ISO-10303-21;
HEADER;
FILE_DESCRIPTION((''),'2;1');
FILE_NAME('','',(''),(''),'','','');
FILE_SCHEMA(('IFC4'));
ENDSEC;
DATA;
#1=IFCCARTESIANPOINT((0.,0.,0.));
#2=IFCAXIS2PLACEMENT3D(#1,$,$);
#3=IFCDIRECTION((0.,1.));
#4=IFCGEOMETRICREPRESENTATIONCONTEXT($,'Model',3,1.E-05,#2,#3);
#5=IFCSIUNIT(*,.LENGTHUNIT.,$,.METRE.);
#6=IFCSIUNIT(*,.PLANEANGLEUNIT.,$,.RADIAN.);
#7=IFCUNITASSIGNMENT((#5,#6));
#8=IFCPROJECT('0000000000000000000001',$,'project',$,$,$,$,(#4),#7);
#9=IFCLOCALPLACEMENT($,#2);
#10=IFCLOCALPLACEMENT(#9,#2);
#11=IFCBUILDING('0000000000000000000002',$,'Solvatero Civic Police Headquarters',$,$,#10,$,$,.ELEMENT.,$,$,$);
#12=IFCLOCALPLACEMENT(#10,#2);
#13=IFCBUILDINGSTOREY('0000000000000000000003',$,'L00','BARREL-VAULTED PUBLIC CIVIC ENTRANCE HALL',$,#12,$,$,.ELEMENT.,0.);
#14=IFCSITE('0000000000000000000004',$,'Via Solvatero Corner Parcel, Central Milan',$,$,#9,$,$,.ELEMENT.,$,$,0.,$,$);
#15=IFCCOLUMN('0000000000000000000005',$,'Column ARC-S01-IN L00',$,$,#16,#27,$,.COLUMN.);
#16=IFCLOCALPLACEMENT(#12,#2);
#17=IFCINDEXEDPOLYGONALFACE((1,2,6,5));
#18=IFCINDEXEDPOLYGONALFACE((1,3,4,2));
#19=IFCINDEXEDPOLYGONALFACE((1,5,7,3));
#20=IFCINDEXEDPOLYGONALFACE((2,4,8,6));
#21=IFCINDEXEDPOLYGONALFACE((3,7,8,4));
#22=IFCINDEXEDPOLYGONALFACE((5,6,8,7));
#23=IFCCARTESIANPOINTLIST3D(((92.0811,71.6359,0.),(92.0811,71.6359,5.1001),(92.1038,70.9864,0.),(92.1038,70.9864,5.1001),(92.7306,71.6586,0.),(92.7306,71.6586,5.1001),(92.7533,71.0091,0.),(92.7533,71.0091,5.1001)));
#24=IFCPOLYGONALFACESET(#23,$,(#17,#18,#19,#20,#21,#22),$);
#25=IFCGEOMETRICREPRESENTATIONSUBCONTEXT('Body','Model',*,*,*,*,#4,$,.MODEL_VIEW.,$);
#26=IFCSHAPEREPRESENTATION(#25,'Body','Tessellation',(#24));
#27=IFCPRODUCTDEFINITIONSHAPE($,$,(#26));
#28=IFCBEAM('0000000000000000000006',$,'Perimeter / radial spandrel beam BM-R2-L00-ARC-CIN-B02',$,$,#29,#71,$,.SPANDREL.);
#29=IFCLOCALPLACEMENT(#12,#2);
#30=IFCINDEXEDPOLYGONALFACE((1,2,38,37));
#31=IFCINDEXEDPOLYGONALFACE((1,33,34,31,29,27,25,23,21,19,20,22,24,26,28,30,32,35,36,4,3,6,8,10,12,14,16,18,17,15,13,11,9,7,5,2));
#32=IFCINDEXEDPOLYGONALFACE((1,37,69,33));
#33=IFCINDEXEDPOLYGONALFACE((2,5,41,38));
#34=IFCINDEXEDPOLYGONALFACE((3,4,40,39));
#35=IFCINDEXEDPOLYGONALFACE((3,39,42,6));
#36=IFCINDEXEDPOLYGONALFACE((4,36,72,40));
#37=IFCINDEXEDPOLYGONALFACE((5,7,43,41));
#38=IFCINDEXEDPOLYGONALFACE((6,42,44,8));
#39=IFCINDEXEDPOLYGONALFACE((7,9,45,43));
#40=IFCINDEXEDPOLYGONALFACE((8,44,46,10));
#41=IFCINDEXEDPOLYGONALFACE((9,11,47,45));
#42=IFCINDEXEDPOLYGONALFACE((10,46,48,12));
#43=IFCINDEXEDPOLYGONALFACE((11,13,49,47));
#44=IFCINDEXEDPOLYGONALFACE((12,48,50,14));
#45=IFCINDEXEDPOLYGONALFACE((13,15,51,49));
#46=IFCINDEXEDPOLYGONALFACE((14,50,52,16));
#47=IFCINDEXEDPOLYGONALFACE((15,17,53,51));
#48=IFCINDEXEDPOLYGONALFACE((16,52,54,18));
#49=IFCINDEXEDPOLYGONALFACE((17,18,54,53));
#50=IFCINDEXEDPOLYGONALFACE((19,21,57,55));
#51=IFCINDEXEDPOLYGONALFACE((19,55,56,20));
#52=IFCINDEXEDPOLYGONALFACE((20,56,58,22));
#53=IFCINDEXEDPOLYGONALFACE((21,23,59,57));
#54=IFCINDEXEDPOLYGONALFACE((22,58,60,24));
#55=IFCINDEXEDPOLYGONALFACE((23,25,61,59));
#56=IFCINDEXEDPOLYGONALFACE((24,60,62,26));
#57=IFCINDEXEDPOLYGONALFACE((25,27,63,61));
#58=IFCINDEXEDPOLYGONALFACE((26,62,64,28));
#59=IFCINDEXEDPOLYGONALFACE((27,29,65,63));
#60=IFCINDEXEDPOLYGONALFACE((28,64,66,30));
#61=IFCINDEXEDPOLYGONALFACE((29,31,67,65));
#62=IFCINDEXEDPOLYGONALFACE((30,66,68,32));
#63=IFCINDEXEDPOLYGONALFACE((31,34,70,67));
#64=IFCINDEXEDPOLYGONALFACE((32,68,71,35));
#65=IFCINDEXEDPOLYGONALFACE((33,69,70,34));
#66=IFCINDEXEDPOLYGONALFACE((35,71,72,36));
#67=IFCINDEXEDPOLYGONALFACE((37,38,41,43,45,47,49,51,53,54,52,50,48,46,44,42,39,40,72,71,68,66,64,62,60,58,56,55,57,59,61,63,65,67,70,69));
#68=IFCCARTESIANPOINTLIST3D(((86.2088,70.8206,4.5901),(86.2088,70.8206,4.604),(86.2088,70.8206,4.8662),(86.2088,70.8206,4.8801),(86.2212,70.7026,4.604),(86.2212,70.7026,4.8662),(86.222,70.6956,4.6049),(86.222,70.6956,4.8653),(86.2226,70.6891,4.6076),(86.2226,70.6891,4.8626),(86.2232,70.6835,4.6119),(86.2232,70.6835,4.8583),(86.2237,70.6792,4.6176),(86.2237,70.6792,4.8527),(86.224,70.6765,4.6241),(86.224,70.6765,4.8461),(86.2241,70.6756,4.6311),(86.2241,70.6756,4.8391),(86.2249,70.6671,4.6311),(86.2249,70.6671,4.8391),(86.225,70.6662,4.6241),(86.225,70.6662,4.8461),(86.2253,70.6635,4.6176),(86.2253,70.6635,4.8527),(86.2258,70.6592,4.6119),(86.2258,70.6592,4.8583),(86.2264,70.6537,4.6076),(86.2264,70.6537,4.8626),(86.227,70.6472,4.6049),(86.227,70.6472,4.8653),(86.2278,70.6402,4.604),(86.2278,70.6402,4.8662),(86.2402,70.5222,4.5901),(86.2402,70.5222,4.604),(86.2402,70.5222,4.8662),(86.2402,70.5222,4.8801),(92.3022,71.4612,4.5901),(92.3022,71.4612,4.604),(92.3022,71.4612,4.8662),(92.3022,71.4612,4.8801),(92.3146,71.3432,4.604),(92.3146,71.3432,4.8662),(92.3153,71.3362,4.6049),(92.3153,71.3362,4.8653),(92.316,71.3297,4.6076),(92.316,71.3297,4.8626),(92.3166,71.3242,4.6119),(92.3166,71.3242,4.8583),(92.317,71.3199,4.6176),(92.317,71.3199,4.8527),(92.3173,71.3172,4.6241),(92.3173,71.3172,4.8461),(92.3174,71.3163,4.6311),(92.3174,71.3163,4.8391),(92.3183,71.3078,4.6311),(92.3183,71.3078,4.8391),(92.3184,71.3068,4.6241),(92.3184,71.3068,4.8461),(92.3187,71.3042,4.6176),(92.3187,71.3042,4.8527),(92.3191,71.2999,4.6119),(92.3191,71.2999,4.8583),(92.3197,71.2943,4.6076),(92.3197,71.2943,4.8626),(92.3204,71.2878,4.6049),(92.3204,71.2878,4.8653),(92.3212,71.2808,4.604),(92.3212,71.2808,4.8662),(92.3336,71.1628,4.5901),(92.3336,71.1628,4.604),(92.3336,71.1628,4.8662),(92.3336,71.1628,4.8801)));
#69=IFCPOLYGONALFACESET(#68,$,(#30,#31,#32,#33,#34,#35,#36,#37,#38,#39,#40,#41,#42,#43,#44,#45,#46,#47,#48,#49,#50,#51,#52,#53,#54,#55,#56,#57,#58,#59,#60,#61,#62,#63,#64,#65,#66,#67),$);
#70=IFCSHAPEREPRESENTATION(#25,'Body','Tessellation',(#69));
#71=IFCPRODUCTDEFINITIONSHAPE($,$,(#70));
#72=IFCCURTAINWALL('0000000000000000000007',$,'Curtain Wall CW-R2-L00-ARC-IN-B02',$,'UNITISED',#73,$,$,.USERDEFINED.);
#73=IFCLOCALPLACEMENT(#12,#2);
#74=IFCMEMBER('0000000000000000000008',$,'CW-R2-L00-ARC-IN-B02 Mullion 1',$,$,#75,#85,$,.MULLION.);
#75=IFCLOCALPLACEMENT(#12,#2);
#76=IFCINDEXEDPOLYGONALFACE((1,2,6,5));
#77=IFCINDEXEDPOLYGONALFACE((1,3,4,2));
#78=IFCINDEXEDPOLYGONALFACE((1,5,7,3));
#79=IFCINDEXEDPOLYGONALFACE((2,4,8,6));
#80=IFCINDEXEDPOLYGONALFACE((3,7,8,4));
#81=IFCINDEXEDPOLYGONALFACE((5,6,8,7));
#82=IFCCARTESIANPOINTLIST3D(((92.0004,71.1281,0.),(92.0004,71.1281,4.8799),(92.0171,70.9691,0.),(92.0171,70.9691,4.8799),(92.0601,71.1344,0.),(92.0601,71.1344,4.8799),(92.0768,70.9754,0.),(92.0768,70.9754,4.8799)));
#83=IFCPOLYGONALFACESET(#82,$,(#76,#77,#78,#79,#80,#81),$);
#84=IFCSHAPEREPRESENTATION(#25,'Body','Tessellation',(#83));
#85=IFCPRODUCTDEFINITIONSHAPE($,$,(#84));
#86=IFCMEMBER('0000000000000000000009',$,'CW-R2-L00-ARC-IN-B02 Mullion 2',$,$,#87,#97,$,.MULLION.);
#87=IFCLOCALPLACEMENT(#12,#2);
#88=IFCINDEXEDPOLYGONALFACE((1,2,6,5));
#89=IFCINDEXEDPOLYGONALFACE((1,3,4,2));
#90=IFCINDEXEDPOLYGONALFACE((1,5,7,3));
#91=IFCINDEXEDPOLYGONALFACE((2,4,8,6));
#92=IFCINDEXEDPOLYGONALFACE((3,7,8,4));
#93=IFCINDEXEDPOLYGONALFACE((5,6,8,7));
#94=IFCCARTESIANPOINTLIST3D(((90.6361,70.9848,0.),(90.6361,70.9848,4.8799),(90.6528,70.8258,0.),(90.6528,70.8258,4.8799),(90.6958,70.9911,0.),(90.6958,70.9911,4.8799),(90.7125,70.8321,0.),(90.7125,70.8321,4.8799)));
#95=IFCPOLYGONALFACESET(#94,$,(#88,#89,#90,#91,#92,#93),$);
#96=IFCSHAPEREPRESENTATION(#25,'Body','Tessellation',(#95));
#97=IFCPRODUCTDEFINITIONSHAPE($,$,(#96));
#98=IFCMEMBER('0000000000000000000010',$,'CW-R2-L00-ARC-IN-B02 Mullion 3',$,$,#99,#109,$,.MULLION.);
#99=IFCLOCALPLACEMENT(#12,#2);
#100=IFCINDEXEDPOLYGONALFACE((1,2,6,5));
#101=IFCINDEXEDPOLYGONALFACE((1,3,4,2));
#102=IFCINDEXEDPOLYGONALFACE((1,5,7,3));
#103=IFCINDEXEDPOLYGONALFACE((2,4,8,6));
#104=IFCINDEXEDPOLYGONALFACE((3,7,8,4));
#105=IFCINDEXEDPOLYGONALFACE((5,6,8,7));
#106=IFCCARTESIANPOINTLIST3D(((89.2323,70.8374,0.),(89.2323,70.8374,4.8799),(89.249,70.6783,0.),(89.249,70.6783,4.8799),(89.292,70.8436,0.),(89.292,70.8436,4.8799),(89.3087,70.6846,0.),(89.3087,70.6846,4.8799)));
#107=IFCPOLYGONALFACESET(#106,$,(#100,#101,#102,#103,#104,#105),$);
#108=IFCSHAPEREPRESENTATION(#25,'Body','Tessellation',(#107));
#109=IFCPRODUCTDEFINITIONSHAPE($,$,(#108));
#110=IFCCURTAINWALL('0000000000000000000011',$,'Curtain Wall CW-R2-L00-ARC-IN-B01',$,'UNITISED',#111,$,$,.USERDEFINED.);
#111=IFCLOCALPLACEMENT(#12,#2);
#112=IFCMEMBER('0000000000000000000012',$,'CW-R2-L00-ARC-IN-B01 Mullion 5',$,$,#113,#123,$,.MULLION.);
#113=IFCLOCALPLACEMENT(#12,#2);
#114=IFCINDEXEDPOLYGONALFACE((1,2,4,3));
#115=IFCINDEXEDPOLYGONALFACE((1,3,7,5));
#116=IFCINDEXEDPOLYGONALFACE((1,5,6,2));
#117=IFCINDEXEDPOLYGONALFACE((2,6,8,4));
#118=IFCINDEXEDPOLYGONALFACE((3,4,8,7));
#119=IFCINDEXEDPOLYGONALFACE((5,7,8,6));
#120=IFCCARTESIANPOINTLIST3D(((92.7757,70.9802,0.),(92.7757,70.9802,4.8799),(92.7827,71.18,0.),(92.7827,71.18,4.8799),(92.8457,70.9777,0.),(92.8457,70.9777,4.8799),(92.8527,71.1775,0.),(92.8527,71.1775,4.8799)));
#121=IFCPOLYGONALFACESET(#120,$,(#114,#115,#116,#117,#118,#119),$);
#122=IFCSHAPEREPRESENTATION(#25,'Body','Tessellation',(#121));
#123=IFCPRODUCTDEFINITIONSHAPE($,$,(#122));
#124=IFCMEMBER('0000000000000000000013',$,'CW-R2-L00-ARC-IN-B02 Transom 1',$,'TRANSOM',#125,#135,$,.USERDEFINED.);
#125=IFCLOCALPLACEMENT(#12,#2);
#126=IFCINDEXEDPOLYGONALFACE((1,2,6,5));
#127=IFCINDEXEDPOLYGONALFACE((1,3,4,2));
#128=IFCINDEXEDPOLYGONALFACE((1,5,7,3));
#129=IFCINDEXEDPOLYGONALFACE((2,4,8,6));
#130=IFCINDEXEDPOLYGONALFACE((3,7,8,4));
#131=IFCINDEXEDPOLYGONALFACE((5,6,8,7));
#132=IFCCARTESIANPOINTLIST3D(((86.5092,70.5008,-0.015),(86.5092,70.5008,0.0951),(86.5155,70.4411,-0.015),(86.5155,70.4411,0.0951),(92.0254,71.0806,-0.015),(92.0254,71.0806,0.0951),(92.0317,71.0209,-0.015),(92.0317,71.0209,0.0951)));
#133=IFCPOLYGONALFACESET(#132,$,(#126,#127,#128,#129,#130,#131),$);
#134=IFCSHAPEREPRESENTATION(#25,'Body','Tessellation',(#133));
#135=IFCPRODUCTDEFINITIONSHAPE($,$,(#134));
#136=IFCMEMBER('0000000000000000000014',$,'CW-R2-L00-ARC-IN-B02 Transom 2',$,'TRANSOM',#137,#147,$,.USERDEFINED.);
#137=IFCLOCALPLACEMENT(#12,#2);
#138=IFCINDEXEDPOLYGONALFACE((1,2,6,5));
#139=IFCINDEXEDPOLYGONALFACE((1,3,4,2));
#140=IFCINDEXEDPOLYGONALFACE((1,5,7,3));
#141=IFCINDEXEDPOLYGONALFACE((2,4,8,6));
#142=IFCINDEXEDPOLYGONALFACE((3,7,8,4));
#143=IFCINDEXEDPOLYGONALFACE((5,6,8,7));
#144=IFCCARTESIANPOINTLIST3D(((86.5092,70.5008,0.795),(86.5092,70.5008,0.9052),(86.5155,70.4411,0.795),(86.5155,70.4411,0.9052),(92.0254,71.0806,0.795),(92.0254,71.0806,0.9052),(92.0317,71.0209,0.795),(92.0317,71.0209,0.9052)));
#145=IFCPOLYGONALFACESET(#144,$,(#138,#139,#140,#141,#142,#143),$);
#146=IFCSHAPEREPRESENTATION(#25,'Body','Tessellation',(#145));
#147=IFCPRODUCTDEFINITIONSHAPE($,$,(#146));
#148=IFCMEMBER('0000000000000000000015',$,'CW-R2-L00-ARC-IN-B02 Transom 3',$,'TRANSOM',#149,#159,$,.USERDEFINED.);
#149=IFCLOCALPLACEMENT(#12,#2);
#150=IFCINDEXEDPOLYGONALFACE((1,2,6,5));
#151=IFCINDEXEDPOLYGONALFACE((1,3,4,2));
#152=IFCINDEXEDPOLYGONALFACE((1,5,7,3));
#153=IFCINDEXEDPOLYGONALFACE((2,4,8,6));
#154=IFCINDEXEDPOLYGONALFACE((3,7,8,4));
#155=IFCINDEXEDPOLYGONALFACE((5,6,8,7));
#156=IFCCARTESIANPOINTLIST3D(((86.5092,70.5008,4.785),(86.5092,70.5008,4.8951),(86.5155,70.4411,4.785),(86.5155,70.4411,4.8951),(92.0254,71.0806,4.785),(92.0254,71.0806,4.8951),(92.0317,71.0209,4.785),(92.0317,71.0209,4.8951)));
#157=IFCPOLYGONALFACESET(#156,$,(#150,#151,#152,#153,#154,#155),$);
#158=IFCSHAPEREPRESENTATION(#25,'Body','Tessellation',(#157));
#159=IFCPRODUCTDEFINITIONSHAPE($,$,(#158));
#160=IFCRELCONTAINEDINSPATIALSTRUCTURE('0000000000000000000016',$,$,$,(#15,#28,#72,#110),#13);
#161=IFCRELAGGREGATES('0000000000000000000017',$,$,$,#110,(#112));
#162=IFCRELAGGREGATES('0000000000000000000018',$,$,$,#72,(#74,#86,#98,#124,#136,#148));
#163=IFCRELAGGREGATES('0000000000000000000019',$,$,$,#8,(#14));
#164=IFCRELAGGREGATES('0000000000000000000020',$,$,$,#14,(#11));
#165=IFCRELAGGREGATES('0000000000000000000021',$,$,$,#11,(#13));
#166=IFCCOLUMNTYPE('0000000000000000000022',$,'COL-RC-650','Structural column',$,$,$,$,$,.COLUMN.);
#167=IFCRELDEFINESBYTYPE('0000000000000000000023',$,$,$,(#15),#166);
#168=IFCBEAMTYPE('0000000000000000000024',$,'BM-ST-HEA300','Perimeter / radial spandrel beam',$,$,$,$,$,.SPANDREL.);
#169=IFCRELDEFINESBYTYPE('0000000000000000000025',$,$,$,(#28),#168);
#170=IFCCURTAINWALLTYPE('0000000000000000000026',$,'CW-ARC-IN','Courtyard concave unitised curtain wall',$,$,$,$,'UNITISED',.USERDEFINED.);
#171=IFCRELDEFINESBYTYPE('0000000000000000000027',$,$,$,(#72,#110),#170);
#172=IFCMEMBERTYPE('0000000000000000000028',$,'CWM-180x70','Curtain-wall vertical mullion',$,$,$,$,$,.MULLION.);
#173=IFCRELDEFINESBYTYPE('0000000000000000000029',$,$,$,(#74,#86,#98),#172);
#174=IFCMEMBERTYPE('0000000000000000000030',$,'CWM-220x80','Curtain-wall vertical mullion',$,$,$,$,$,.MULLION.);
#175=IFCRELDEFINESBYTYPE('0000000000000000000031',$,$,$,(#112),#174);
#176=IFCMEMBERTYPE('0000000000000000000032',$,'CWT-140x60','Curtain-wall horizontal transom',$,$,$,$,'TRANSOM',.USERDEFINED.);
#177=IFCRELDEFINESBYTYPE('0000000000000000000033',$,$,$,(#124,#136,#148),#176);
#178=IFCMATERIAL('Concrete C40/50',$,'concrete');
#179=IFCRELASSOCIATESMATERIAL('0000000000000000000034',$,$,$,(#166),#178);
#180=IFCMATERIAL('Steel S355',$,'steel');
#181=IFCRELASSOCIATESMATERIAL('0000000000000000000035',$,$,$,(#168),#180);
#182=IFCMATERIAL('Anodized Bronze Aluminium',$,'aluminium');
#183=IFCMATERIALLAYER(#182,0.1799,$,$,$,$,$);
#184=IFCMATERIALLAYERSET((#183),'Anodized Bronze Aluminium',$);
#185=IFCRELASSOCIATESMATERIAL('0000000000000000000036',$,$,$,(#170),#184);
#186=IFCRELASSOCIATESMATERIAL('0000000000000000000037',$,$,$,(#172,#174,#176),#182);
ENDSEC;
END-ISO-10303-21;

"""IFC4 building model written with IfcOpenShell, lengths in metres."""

from ifc_helpers import new_model, si_unit, direction, frame, origin, origin_2d, place, context, subcontext, project, spatial, rectangle, i_section, extrude, material, layer, layer_set, material_profile, profile_set, type_object, element, aggregate, save


model = new_model("IFC4")

# Units and contexts
model_context = context("Model", 3, precision=1e-05, world=origin(), true_north=direction((0.0, 1.0)))
body_context = subcontext(model_context, "Body", "Model", "MODEL_VIEW")
ifc_project = project(units=[si_unit("LENGTHUNIT", "METRE"), si_unit("PLANEANGLEUNIT", "RADIAN")], contexts=[model_context])

# Site, building, storey
site_placement = place(None, origin())
site = spatial("IfcSite", under=ifc_project, at=site_placement, Name="Via Solvatero Corner Parcel, Central Milan", CompositionType="ELEMENT", RefElevation=0.0)
building_placement = place(site_placement, origin())
building = spatial("IfcBuilding", under=site, at=building_placement, Name="Solvatero Civic Police Headquarters", CompositionType="ELEMENT")
storey_placement = place(building_placement, origin())
storey = spatial("IfcBuildingStorey", under=building, at=storey_placement, Name="L00", Description="BARREL-VAULTED PUBLIC CIVIC ENTRANCE HALL", CompositionType="ELEMENT", Elevation=0.0)

# Column
ifc_material_1 = material(Name="Concrete C40/50", Category="concrete")
ifc_material_profile_1 = material_profile(ifc_material_1, rectangle(XDim=0.6499, YDim=0.6499, at=origin_2d()), Name="RC 650x650")
ifc_profile_set_1 = profile_set([ifc_material_profile_1], Name="Concrete C40/50")
column_type = type_object("IfcColumnType", Name="COL-RC-650", Description="Structural column", PredefinedType="COLUMN", material=ifc_profile_set_1)
column_placement = place(storey_placement, frame((92.4172, 71.3225, 0.0), z_axis=(0.0, 0.0, 1.0), x_axis=(0.999391, 0.034899, 0.0)))
element("IfcColumn", 1, at=column_placement, inside=storey, type_object=column_type, Name="Column ARC-S01-IN L00", PredefinedType="COLUMN", context=body_context, shape_type="SweptSolid", body=[
    extrude(rectangle(XDim=0.6499, YDim=0.6499, at=origin_2d()), origin(), (0.0, 0.0, 1.0), 5.1001),
])

# Beam
ifc_material_2 = material(Name="Steel S355", Category="steel")
ifc_material_profile_2 = material_profile(ifc_material_2, i_section(OverallWidth=0.3, OverallDepth=0.29, WebThickness=0.0085, FlangeThickness=0.0139, FilletRadius=0.0271, at=origin_2d()), Name="HEA 300")
ifc_profile_set_2 = profile_set([ifc_material_profile_2], Name="Steel S355")
beam_type = type_object("IfcBeamType", Name="BM-ST-HEA300", Description="Perimeter / radial spandrel beam", PredefinedType="SPANDREL", material=ifc_profile_set_2)
beam_placement = place(storey_placement, frame((92.3179, 71.312, 4.7351), z_axis=(-0.994519, -0.10456, 0.0), x_axis=(0.10456, -0.994519, 0.0)))
element("IfcBeam", 2, at=beam_placement, inside=storey, type_object=beam_type, Name="Perimeter / radial spandrel beam BM-R2-L00-ARC-CIN-B02", PredefinedType="SPANDREL", context=body_context, shape_type="SweptSolid", body=[
    extrude(i_section(OverallWidth=0.3, OverallDepth=0.29, WebThickness=0.0085, FlangeThickness=0.0139, FilletRadius=0.0271, at=origin_2d()), origin(), (0.0, 0.0, 1.0), 6.127),
])

# Curtain wall, members
ifc_material_3 = material(Name="Anodized Bronze Aluminium", Category="aluminium")
ifc_layer_1 = layer(ifc_material_3, 0.1799)
ifc_layer_set_1 = layer_set([ifc_layer_1], Name="Anodized Bronze Aluminium")
curtain_wall_type = type_object("IfcCurtainWallType", Name="CW-ARC-IN", Description="Courtyard concave unitised curtain wall", ElementType="UNITISED", PredefinedType="USERDEFINED", material=ifc_layer_set_1)
curtain_wall_1_placement = place(storey_placement, origin())
curtain_wall_1 = element("IfcCurtainWall", 3, at=curtain_wall_1_placement, inside=storey, type_object=curtain_wall_type, Name="Curtain Wall CW-R2-L00-ARC-IN-B02", ObjectType="UNITISED", PredefinedType="USERDEFINED")
ifc_material_profile_3 = material_profile(ifc_material_3, rectangle(XDim=0.0601, YDim=0.1599, at=origin_2d()), Name="ALU MULLION 60x160")
ifc_profile_set_3 = profile_set([ifc_material_profile_3], Name="Anodized Bronze Aluminium")
member_type_1 = type_object("IfcMemberType", Name="CWM-180x70", Description="Curtain-wall vertical mullion", PredefinedType="MULLION", material=ifc_profile_set_3)
member_1_placement = place(storey_placement, frame((92.0386, 71.0518, 0.0), z_axis=(0.0, 0.0, 1.0), x_axis=(-0.994524, -0.104511, 0.0)))
member_1 = element("IfcMember", 4, at=member_1_placement, type_object=member_type_1, Name="CW-R2-L00-ARC-IN-B02 Mullion 1", PredefinedType="MULLION", context=body_context, shape_type="SweptSolid", body=[
    extrude(rectangle(XDim=0.0601, YDim=0.1599, at=origin_2d()), origin(), (0.0, 0.0, 1.0), 4.8799),
])
member_2_placement = place(storey_placement, frame((90.6743, 70.9084, 0.0), z_axis=(0.0, 0.0, 1.0), x_axis=(-0.994524, -0.104511, 0.0)))
member_2 = element("IfcMember", 5, at=member_2_placement, type_object=member_type_1, Name="CW-R2-L00-ARC-IN-B02 Mullion 2", PredefinedType="MULLION", context=body_context, shape_type="SweptSolid", body=[
    extrude(rectangle(XDim=0.0601, YDim=0.1599, at=origin_2d()), origin(), (0.0, 0.0, 1.0), 4.8799),
])
member_3_placement = place(storey_placement, frame((89.2705, 70.761, 0.0), z_axis=(0.0, 0.0, 1.0), x_axis=(-0.994524, -0.104511, 0.0)))
member_3 = element("IfcMember", 6, at=member_3_placement, type_object=member_type_1, Name="CW-R2-L00-ARC-IN-B02 Mullion 3", PredefinedType="MULLION", context=body_context, shape_type="SweptSolid", body=[
    extrude(rectangle(XDim=0.0601, YDim=0.1599, at=origin_2d()), origin(), (0.0, 0.0, 1.0), 4.8799),
])

# Curtain wall, member
curtain_wall_2_placement = place(storey_placement, origin())
curtain_wall_2 = element("IfcCurtainWall", 7, at=curtain_wall_2_placement, inside=storey, type_object=curtain_wall_type, Name="Curtain Wall CW-R2-L00-ARC-IN-B01", ObjectType="UNITISED", PredefinedType="USERDEFINED")
ifc_material_profile_4 = material_profile(ifc_material_3, rectangle(XDim=0.0701, YDim=0.2, at=origin_2d()), Name="ALU MULLION 70x200")
ifc_profile_set_4 = profile_set([ifc_material_profile_4], Name="Anodized Bronze Aluminium")
member_type_2 = type_object("IfcMemberType", Name="CWM-220x80", Description="Curtain-wall vertical mullion", PredefinedType="MULLION", material=ifc_profile_set_4)
member_4_placement = place(storey_placement, frame((92.8142, 71.0789, 0.0), z_axis=(0.0, 0.0, 1.0), x_axis=(-0.999391, 0.034899, 0.0)))
member_4 = element("IfcMember", 8, at=member_4_placement, type_object=member_type_2, Name="CW-R2-L00-ARC-IN-B01 Mullion 5", PredefinedType="MULLION", context=body_context, shape_type="SweptSolid", body=[
    extrude(rectangle(XDim=0.0701, YDim=0.2, at=origin_2d()), origin(), (0.0, 0.0, 1.0), 4.8799),
])

# Members
ifc_material_profile_5 = material_profile(ifc_material_3, rectangle(XDim=0.0601, YDim=0.1101, at=origin_2d()), Name="ALU TRANSOM 60x110")
ifc_profile_set_5 = profile_set([ifc_material_profile_5], Name="Anodized Bronze Aluminium")
member_type_3 = type_object("IfcMemberType", Name="CWT-140x60", Description="Curtain-wall horizontal transom", ElementType="TRANSOM", PredefinedType="USERDEFINED", material=ifc_profile_set_5)
member_5_placement = place(storey_placement, frame((92.0286, 71.0508, 0.04), z_axis=(-0.994521, -0.104536, 0.0), x_axis=(0.104536, -0.994521, 0.0)))
member_5 = element("IfcMember", 9, at=member_5_placement, type_object=member_type_3, Name="CW-R2-L00-ARC-IN-B02 Transom 1", ObjectType="TRANSOM", PredefinedType="USERDEFINED", context=body_context, shape_type="SweptSolid", body=[
    extrude(rectangle(XDim=0.0601, YDim=0.1101, at=origin_2d()), origin(), (0.0, 0.0, 1.0), 5.5466),
])
member_6_placement = place(storey_placement, frame((92.0286, 71.0508, 0.8501), z_axis=(-0.994521, -0.104536, 0.0), x_axis=(0.104536, -0.994521, 0.0)))
member_6 = element("IfcMember", 10, at=member_6_placement, type_object=member_type_3, Name="CW-R2-L00-ARC-IN-B02 Transom 2", ObjectType="TRANSOM", PredefinedType="USERDEFINED", context=body_context, shape_type="SweptSolid", body=[
    extrude(rectangle(XDim=0.0601, YDim=0.1101, at=origin_2d()), origin(), (0.0, 0.0, 1.0), 5.5466),
])
member_7_placement = place(storey_placement, frame((92.0286, 71.0508, 4.8401), z_axis=(-0.994521, -0.104536, 0.0), x_axis=(0.104536, -0.994521, 0.0)))
member_7 = element("IfcMember", 11, at=member_7_placement, type_object=member_type_3, Name="CW-R2-L00-ARC-IN-B02 Transom 3", ObjectType="TRANSOM", PredefinedType="USERDEFINED", context=body_context, shape_type="SweptSolid", body=[
    extrude(rectangle(XDim=0.0601, YDim=0.1101, at=origin_2d()), origin(), (0.0, 0.0, 1.0), 5.5466),
])

aggregate(curtain_wall_2, [member_4])
aggregate(curtain_wall_1, [member_1, member_2, member_3, member_5, member_6, member_7])

save(model, "model.ifc")
